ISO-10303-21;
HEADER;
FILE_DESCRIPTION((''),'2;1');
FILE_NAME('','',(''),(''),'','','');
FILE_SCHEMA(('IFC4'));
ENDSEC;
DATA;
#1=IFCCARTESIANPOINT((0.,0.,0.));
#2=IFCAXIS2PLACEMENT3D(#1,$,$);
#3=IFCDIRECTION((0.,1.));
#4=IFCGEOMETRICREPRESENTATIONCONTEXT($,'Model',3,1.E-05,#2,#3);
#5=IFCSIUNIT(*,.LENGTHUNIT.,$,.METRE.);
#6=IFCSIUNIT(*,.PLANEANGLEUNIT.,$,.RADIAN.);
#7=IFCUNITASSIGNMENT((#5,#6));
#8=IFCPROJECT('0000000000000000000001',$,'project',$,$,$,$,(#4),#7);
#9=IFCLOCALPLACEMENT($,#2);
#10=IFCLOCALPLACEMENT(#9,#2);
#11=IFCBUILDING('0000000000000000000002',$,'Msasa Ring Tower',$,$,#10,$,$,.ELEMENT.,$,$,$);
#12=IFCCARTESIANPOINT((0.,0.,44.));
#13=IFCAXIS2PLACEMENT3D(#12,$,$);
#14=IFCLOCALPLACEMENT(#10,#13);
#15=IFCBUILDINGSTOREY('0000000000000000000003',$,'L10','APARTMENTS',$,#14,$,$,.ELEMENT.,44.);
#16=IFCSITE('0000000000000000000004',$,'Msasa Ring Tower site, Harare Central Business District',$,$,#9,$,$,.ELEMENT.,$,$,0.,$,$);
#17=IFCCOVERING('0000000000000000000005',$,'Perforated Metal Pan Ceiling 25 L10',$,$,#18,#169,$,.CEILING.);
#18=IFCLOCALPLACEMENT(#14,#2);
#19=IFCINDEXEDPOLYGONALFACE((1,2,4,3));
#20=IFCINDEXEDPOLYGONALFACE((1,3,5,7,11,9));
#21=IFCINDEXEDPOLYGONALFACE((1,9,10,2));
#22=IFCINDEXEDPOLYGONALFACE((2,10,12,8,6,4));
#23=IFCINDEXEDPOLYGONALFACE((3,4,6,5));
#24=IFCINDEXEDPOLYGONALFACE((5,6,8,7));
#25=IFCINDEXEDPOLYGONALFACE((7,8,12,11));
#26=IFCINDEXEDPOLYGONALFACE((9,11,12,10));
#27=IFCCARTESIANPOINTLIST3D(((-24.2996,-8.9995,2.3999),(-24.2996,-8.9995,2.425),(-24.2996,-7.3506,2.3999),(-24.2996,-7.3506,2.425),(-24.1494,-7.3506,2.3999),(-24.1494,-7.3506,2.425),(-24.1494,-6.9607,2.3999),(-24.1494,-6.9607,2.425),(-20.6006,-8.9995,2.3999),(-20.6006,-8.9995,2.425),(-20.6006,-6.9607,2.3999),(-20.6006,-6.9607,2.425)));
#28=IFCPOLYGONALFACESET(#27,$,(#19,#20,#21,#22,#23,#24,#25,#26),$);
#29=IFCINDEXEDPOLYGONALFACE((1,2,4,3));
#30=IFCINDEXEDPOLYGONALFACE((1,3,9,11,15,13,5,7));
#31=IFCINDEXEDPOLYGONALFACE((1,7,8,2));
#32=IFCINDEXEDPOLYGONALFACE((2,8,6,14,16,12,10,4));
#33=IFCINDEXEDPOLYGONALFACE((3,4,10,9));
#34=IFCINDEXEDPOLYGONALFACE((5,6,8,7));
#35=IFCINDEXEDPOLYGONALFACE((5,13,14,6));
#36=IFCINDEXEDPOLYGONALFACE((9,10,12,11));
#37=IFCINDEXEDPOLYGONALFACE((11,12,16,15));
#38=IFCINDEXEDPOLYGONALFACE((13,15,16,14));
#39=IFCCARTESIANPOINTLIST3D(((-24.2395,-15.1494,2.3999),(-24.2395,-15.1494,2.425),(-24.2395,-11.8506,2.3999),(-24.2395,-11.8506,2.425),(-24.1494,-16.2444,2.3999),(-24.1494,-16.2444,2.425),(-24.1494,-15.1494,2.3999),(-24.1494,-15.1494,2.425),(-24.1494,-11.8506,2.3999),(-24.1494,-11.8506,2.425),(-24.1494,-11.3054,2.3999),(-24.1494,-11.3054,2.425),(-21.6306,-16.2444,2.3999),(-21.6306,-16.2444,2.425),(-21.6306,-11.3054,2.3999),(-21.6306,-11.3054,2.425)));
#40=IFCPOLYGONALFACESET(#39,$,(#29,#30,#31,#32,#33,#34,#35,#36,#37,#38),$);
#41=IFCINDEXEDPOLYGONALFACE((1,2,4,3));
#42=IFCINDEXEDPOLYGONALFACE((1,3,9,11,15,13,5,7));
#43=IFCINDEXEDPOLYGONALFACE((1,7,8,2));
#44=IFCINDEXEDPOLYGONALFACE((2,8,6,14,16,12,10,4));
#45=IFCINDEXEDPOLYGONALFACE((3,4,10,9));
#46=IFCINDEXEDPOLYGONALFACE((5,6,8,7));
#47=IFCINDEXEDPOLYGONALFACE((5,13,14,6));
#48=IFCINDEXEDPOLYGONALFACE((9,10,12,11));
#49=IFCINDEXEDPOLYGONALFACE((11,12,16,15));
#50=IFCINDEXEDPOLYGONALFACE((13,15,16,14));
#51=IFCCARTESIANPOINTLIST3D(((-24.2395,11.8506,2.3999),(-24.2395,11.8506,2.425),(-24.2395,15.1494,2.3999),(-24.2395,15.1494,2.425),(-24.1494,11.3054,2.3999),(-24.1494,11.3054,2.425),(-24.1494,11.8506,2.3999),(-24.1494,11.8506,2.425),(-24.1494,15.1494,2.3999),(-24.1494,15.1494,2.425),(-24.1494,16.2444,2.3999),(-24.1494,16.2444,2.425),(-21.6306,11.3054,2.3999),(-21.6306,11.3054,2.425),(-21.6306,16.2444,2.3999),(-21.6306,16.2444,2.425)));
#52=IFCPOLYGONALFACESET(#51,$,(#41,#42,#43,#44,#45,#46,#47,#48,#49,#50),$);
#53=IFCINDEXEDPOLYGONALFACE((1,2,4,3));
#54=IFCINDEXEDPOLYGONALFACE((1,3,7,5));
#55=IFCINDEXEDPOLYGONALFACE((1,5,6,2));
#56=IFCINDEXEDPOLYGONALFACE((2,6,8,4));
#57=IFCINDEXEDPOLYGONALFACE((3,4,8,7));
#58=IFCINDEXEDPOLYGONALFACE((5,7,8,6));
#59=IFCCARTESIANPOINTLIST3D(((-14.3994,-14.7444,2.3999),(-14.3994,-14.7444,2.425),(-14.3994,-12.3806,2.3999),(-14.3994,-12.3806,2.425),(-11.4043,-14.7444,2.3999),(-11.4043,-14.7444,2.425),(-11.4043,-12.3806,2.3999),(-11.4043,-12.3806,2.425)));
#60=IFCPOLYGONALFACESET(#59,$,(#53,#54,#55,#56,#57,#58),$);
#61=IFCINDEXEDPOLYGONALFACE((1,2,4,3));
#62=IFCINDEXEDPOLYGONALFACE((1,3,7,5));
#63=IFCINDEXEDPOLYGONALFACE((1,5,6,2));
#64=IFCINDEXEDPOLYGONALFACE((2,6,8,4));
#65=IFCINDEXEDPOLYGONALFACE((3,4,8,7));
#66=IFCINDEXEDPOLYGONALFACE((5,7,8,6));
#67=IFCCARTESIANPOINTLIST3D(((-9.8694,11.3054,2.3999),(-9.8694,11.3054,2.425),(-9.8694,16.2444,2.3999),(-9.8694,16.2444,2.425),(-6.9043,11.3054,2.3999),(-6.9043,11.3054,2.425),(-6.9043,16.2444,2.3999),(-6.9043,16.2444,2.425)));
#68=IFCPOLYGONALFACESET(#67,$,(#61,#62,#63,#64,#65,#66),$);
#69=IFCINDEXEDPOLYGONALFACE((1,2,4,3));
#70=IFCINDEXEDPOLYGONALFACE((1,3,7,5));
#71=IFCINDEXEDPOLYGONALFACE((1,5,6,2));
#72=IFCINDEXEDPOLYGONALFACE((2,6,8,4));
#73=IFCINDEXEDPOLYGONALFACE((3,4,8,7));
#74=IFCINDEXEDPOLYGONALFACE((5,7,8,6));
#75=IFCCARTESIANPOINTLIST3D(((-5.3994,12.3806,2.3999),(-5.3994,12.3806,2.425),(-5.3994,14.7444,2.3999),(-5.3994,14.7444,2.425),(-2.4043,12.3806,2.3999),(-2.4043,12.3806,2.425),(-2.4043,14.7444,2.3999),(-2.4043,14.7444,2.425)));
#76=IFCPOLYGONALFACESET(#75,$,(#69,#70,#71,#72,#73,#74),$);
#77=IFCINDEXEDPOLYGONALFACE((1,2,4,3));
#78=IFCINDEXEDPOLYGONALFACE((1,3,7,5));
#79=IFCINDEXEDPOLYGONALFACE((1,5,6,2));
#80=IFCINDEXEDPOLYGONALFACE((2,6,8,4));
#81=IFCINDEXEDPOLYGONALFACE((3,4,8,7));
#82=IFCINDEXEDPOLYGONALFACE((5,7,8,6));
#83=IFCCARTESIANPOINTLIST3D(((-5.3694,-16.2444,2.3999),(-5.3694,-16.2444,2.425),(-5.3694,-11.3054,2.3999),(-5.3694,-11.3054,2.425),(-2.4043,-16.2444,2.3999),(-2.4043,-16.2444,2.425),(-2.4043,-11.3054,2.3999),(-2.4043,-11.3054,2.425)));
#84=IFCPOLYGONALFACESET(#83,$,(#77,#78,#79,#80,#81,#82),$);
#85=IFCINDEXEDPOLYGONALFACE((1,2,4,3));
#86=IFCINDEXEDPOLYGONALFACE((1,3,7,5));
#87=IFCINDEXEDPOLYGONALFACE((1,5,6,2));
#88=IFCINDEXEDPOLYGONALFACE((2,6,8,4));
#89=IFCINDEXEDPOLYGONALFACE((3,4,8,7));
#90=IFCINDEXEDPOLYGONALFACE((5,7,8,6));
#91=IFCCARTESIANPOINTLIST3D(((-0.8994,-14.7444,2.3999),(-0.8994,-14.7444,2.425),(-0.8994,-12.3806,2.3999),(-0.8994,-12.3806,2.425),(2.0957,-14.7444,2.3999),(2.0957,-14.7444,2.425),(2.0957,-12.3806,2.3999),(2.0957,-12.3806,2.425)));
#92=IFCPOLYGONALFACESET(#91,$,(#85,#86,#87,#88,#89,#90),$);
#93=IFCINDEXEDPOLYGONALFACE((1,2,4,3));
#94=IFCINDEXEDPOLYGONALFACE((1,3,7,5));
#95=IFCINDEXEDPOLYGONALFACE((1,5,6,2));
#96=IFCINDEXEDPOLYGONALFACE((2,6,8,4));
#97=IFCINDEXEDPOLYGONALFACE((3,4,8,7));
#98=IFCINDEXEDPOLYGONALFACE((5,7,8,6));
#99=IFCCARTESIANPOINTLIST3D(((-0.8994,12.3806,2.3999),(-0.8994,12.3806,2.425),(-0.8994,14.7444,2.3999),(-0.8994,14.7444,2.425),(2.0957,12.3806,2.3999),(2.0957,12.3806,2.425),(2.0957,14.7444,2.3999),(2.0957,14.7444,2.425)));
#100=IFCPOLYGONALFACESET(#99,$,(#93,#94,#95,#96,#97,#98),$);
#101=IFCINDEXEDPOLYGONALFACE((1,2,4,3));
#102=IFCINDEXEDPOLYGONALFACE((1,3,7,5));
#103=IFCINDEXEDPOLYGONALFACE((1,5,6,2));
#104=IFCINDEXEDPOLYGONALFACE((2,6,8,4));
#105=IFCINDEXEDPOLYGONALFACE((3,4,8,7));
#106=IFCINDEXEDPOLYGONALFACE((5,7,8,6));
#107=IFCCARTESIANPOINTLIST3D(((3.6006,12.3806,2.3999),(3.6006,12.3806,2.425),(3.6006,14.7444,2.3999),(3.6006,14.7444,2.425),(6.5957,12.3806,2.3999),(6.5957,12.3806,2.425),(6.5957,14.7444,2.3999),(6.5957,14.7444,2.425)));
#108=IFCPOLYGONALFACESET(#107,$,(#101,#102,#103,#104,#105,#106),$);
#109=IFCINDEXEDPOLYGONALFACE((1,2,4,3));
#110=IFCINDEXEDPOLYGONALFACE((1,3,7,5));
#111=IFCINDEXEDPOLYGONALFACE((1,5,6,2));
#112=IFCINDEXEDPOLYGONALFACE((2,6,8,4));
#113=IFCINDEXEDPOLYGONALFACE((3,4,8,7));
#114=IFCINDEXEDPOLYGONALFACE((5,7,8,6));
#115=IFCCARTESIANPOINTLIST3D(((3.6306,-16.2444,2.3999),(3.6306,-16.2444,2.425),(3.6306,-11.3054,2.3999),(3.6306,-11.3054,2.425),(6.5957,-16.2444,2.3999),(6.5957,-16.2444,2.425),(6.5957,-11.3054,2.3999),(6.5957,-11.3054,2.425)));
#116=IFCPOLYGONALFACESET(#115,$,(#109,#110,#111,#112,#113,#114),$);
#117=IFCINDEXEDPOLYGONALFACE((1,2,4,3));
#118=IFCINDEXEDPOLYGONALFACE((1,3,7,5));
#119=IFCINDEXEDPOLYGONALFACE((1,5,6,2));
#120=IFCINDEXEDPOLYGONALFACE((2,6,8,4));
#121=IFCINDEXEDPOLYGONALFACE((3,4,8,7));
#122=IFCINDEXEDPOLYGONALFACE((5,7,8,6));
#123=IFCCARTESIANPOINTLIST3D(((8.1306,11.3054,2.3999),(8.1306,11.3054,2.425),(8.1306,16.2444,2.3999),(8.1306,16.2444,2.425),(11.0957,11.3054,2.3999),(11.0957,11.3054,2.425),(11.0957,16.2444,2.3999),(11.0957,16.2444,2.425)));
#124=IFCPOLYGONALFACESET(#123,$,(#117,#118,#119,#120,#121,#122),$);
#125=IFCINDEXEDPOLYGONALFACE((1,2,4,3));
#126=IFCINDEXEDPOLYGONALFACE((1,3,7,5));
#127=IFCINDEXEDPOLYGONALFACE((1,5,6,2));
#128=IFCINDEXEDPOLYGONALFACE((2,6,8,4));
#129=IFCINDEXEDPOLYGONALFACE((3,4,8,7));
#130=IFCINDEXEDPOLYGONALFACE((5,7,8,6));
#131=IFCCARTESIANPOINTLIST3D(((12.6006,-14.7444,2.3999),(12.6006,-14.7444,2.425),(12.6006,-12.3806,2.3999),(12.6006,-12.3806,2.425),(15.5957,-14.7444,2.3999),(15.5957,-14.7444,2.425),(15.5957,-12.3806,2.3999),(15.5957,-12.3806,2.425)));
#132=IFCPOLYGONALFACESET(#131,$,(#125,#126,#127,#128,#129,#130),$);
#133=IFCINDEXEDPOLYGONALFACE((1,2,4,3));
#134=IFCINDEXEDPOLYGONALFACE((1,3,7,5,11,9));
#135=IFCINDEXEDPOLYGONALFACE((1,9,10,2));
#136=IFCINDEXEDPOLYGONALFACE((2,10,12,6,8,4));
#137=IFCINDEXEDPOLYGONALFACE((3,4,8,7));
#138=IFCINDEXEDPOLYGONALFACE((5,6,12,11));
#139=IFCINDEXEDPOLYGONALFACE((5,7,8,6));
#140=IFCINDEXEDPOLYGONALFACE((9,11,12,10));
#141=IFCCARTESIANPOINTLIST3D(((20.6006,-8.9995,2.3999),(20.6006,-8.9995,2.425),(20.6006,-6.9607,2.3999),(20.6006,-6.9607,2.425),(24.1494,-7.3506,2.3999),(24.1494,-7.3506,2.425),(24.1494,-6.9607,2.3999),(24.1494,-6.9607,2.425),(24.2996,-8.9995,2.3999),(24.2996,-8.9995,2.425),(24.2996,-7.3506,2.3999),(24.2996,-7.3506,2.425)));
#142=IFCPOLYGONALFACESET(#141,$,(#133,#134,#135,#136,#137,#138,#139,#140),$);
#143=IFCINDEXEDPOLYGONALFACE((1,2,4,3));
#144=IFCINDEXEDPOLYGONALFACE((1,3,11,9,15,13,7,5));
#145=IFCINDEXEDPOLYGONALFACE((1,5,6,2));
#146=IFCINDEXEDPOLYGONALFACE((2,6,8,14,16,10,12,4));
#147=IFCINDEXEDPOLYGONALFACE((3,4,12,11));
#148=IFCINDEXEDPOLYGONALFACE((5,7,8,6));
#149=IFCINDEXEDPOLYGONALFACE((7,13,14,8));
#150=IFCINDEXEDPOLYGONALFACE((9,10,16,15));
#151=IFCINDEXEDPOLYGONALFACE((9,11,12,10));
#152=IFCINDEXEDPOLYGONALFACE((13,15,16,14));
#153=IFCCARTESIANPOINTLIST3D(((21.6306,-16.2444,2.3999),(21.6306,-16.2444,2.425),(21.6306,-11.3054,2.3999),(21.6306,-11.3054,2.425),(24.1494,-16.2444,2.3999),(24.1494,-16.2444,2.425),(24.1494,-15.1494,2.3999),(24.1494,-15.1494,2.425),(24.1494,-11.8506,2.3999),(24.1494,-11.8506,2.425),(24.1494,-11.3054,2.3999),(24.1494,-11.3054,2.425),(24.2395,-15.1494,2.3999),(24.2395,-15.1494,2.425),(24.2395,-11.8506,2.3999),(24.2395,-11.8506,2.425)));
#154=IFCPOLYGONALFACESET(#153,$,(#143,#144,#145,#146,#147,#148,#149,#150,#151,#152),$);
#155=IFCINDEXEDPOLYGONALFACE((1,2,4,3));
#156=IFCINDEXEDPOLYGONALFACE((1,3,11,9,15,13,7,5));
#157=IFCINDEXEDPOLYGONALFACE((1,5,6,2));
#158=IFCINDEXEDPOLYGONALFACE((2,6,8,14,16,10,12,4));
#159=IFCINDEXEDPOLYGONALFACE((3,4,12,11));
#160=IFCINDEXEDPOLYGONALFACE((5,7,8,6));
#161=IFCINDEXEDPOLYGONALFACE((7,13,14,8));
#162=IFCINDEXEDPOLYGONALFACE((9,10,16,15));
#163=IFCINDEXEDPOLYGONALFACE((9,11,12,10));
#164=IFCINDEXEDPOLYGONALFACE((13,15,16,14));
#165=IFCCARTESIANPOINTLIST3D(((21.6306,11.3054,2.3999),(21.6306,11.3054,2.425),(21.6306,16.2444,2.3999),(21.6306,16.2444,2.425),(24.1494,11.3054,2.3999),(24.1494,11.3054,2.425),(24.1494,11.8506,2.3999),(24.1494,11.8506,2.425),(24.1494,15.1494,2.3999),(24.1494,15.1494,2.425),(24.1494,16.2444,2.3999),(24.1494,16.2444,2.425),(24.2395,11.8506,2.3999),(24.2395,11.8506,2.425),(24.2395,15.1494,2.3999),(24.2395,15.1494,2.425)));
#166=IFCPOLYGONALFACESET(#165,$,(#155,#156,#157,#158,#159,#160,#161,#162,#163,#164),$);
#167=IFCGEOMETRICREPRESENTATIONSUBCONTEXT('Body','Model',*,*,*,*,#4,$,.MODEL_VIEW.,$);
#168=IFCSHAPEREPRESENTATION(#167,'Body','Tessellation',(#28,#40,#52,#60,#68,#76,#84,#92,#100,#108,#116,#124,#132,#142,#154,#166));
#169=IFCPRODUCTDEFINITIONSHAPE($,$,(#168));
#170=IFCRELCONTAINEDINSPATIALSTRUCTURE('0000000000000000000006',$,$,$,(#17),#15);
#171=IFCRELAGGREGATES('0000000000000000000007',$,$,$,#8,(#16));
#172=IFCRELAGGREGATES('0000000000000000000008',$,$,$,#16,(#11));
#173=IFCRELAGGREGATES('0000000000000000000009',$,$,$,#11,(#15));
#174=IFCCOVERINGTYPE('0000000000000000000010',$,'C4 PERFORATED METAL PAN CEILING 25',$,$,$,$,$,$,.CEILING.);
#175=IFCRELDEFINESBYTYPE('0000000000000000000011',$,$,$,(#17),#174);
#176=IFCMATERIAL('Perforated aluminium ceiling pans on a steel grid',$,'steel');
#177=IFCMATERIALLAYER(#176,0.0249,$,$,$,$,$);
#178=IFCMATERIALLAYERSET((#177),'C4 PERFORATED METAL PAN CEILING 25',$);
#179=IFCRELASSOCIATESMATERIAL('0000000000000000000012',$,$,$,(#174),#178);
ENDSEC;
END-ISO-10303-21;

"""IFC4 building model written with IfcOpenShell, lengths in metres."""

from ifc_helpers import new_model, si_unit, direction, frame, origin, place, context, subcontext, project, spatial, line, indexed_curve, outline, extrude, material, layer, layer_set, type_object, element, save


model = new_model("IFC4")

# Units and contexts
model_context = context("Model", 3, precision=1e-05, world=origin(), true_north=direction((0.0, 1.0)))
body_context = subcontext(model_context, "Body", "Model", "MODEL_VIEW")
ifc_project = project(units=[si_unit("LENGTHUNIT", "METRE"), si_unit("PLANEANGLEUNIT", "RADIAN")], contexts=[model_context])

# Site, building, storey
site_placement = place(None, origin())
site = spatial("IfcSite", under=ifc_project, at=site_placement, Name="Msasa Ring Tower site, Harare Central Business District", CompositionType="ELEMENT", RefElevation=0.0)
building_placement = place(site_placement, origin())
building = spatial("IfcBuilding", under=site, at=building_placement, Name="Msasa Ring Tower", CompositionType="ELEMENT")
storey_placement = place(building_placement, frame((0.0, 0.0, 44.0)))
storey = spatial("IfcBuildingStorey", under=building, at=storey_placement, Name="L10", Description="APARTMENTS", CompositionType="ELEMENT", Elevation=44.0)

# Covering
ifc_material_1 = material(Name="Perforated aluminium ceiling pans on a steel grid", Category="steel")
ifc_layer_1 = layer(ifc_material_1, 0.0249)
ifc_layer_set_1 = layer_set([ifc_layer_1], Name="C4 PERFORATED METAL PAN CEILING 25")
covering_type_1 = type_object("IfcCoveringType", Name="C4 PERFORATED METAL PAN CEILING 25", PredefinedType="CEILING", material=ifc_layer_set_1)
covering_1_placement = place(storey_placement, frame((0.0, 0.0, 2.3999)))
element("IfcCovering", 1, at=covering_1_placement, inside=storey, type_object=covering_type_1, Name="Perforated Metal Pan Ceiling 25 L10", PredefinedType="CEILING", context=body_context, shape_type="SweptSolid", body=[
    extrude(outline(indexed_curve([(-20.6006, -8.9995), (-24.2996, -8.9995), (-24.2996, -7.3506), (-24.1494, -7.3506), (-24.1494, -6.9607), (-20.6006, -6.9607)], segments=[line(1, 2, 3, 4, 5, 6, 1)], self_intersect=False)), origin(), (0.0, 0.0, 1.0), 0.0251),
    extrude(outline(indexed_curve([(-24.2395, -11.8506), (-24.1494, -11.8506), (-24.1494, -11.3054), (-21.6306, -11.3054), (-21.6306, -16.2444), (-24.1494, -16.2444), (-24.1494, -15.1494), (-24.2395, -15.1494)], segments=[line(1, 2, 3, 4, 5, 6, 7, 8, 1)], self_intersect=False)), origin(), (0.0, 0.0, 1.0), 0.0251),
    extrude(outline(indexed_curve([(-24.2395, 15.1494), (-24.1494, 15.1494), (-24.1494, 16.2444), (-21.6306, 16.2444), (-21.6306, 11.3054), (-24.1494, 11.3054), (-24.1494, 11.8506), (-24.2395, 11.8506)], segments=[line(1, 2, 3, 4, 5, 6, 7, 8, 1)], self_intersect=False)), origin(), (0.0, 0.0, 1.0), 0.0251),
    extrude(outline(indexed_curve([(-14.3994, -12.3806), (-11.4043, -12.3806), (-11.4043, -14.7444), (-14.3994, -14.7444)], segments=[line(1, 2, 3, 4, 1)], self_intersect=False)), origin(), (0.0, 0.0, 1.0), 0.0251),
    extrude(outline(indexed_curve([(-9.8694, 16.2444), (-6.9043, 16.2444), (-6.9043, 11.3054), (-9.8694, 11.3054)], segments=[line(1, 2, 3, 4, 1)], self_intersect=False)), origin(), (0.0, 0.0, 1.0), 0.0251),
    extrude(outline(indexed_curve([(-5.3994, 14.7444), (-2.4043, 14.7444), (-2.4043, 12.3806), (-5.3994, 12.3806)], segments=[line(1, 2, 3, 4, 1)], self_intersect=False)), origin(), (0.0, 0.0, 1.0), 0.0251),
    extrude(outline(indexed_curve([(-5.3694, -11.3054), (-2.4043, -11.3054), (-2.4043, -16.2444), (-5.3694, -16.2444)], segments=[line(1, 2, 3, 4, 1)], self_intersect=False)), origin(), (0.0, 0.0, 1.0), 0.0251),
    extrude(outline(indexed_curve([(-0.8994, -12.3806), (2.0957, -12.3806), (2.0957, -14.7444), (-0.8994, -14.7444)], segments=[line(1, 2, 3, 4, 1)], self_intersect=False)), origin(), (0.0, 0.0, 1.0), 0.0251),
    extrude(outline(indexed_curve([(-0.8994, 14.7444), (2.0957, 14.7444), (2.0957, 12.3806), (-0.8994, 12.3806)], segments=[line(1, 2, 3, 4, 1)], self_intersect=False)), origin(), (0.0, 0.0, 1.0), 0.0251),
    extrude(outline(indexed_curve([(3.6006, 14.7444), (6.5957, 14.7444), (6.5957, 12.3806), (3.6006, 12.3806)], segments=[line(1, 2, 3, 4, 1)], self_intersect=False)), origin(), (0.0, 0.0, 1.0), 0.0251),
    extrude(outline(indexed_curve([(3.6306, -11.3054), (6.5957, -11.3054), (6.5957, -16.2444), (3.6306, -16.2444)], segments=[line(1, 2, 3, 4, 1)], self_intersect=False)), origin(), (0.0, 0.0, 1.0), 0.0251),
    extrude(outline(indexed_curve([(8.1306, 16.2444), (11.0957, 16.2444), (11.0957, 11.3054), (8.1306, 11.3054)], segments=[line(1, 2, 3, 4, 1)], self_intersect=False)), origin(), (0.0, 0.0, 1.0), 0.0251),
    extrude(outline(indexed_curve([(12.6006, -12.3806), (15.5957, -12.3806), (15.5957, -14.7444), (12.6006, -14.7444)], segments=[line(1, 2, 3, 4, 1)], self_intersect=False)), origin(), (0.0, 0.0, 1.0), 0.0251),
    extrude(outline(indexed_curve([(20.6006, -8.9995), (20.6006, -6.9607), (24.1494, -6.9607), (24.1494, -7.3506), (24.2996, -7.3506), (24.2996, -8.9995)], segments=[line(1, 2, 3, 4, 5, 6, 1)], self_intersect=False)), origin(), (0.0, 0.0, 1.0), 0.0251),
    extrude(outline(indexed_curve([(21.6306, -11.3054), (24.1494, -11.3054), (24.1494, -11.8506), (24.2395, -11.8506), (24.2395, -15.1494), (24.1494, -15.1494), (24.1494, -16.2444), (21.6306, -16.2444)], segments=[line(1, 2, 3, 4, 5, 6, 7, 8, 1)], self_intersect=False)), origin(), (0.0, 0.0, 1.0), 0.0251),
    extrude(outline(indexed_curve([(21.6306, 16.2444), (24.1494, 16.2444), (24.1494, 15.1494), (24.2395, 15.1494), (24.2395, 11.8506), (24.1494, 11.8506), (24.1494, 11.3054), (21.6306, 11.3054)], segments=[line(1, 2, 3, 4, 5, 6, 7, 8, 1)], self_intersect=False)), origin(), (0.0, 0.0, 1.0), 0.0251),
])

save(model, "model.ifc")
